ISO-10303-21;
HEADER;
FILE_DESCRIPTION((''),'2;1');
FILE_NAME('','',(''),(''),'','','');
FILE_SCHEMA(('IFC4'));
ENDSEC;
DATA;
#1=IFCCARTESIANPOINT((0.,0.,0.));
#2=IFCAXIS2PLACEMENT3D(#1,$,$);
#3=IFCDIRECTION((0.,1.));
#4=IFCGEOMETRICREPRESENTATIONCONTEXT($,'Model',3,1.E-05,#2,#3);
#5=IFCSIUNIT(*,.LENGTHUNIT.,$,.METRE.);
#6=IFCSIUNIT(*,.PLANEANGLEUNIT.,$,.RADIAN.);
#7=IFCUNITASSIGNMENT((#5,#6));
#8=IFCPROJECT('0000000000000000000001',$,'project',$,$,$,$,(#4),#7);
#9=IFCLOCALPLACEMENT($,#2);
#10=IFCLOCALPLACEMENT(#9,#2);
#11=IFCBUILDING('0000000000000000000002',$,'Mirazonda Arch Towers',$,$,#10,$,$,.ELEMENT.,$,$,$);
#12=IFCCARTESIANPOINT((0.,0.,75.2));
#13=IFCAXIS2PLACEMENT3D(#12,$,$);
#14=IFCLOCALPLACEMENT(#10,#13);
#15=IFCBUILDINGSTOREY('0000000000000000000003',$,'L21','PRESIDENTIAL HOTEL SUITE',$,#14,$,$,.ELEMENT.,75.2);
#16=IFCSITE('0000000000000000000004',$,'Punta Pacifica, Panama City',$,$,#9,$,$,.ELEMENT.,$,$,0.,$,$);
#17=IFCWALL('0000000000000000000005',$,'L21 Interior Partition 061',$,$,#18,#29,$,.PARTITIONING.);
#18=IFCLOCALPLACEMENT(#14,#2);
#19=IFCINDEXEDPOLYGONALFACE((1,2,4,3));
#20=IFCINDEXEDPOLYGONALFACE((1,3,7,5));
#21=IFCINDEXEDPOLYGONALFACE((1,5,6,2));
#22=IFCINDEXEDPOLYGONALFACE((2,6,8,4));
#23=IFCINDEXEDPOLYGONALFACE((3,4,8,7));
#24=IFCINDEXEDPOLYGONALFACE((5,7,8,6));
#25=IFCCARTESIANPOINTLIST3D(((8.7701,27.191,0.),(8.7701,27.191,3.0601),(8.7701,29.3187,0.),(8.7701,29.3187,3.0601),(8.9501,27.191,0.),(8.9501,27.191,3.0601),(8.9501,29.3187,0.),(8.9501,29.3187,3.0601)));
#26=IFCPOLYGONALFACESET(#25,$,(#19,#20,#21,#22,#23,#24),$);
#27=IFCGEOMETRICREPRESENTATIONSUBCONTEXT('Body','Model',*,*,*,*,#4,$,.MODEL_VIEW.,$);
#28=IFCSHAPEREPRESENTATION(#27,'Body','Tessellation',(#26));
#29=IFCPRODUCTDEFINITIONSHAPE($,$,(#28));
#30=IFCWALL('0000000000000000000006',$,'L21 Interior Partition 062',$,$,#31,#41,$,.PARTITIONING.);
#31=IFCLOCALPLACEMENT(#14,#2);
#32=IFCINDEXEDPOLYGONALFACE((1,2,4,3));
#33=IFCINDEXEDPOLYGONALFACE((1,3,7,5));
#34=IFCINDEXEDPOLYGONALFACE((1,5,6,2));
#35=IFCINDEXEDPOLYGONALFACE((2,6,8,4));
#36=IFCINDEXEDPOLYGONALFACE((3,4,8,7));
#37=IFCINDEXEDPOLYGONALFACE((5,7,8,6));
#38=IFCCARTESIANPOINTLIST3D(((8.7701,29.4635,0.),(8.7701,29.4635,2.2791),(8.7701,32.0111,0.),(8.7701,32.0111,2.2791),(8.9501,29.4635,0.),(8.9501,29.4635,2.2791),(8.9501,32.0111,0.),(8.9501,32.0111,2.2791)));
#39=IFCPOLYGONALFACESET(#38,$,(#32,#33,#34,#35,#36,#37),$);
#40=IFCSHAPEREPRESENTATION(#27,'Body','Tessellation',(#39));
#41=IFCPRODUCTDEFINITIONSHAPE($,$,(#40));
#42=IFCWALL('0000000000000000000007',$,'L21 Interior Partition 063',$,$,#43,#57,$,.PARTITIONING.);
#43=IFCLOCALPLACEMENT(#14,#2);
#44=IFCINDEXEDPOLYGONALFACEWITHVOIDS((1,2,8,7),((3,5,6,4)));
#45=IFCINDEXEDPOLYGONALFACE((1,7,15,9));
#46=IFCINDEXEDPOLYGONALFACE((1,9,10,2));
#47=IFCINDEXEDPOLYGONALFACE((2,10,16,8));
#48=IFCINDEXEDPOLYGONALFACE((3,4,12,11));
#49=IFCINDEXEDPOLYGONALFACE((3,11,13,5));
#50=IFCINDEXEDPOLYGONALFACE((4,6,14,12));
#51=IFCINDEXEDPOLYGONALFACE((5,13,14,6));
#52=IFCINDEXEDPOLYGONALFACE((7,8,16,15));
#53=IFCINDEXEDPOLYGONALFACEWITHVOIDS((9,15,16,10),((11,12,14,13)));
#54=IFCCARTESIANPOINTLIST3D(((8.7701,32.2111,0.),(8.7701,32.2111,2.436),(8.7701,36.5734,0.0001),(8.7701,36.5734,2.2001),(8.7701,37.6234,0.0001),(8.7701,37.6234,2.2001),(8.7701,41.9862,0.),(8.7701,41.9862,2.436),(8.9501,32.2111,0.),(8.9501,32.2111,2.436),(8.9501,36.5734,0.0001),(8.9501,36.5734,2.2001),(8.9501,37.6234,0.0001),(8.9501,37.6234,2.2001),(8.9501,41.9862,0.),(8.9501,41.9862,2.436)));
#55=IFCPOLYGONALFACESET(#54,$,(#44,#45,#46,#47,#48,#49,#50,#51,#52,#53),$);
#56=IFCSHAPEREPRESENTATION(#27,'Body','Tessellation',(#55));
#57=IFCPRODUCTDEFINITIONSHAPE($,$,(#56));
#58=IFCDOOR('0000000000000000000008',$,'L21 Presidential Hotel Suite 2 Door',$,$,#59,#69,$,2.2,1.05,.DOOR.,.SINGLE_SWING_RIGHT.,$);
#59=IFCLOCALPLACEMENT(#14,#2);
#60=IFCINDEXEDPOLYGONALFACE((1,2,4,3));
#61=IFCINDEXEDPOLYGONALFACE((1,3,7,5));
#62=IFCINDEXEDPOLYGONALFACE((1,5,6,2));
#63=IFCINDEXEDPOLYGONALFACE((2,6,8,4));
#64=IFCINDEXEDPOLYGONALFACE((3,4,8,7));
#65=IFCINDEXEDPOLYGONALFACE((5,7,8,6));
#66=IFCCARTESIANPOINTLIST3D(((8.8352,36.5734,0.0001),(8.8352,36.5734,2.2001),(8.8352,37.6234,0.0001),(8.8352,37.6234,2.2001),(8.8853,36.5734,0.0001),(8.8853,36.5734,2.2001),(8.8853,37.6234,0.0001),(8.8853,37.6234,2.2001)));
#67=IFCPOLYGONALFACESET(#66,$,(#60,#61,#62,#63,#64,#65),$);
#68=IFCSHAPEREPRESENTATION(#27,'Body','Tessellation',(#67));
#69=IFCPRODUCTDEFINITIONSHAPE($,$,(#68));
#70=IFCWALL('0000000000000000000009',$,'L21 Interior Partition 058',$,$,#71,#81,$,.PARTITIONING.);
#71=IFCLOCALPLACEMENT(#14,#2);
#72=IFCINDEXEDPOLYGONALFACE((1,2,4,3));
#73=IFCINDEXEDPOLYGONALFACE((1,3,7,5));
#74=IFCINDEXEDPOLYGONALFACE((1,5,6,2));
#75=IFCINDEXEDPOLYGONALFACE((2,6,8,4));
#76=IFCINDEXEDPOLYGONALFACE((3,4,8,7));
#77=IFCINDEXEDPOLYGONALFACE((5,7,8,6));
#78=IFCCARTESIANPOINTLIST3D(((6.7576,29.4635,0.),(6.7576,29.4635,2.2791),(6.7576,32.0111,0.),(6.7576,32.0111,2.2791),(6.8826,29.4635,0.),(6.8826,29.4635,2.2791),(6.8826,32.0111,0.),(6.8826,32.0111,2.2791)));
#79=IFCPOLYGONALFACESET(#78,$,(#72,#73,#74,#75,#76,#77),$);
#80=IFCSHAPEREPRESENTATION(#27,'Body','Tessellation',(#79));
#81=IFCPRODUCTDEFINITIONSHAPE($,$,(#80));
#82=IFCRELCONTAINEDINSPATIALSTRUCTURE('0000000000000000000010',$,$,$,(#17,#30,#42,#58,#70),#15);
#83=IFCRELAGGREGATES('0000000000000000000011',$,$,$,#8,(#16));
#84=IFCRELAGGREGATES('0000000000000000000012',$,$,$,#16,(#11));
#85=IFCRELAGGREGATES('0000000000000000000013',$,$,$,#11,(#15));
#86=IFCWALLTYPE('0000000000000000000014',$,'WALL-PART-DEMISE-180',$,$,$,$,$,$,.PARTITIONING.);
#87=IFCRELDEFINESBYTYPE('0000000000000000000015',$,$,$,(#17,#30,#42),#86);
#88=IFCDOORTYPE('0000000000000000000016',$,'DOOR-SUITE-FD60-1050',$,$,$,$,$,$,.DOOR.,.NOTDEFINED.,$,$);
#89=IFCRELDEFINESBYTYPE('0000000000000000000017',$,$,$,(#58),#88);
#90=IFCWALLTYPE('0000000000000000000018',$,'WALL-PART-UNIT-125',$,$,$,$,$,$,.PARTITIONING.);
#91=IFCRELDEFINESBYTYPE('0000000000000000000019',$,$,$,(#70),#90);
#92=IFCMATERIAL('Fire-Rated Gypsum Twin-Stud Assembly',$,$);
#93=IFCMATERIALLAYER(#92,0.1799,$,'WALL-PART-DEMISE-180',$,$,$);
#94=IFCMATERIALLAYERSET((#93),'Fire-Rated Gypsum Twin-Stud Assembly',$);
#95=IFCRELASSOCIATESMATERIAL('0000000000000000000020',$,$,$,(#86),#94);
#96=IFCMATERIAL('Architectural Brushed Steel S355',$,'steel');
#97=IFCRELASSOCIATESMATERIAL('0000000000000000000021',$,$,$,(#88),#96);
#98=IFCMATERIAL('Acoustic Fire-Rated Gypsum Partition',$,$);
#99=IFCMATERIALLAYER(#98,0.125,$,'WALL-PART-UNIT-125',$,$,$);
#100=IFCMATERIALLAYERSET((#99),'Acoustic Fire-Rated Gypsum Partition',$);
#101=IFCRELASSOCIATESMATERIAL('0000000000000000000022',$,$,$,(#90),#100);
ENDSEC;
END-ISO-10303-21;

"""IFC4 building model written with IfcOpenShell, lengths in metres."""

from ifc_helpers import new_model, si_unit, direction, frame, frame_2d, origin, place, context, subcontext, project, spatial, rectangle, extrude, material, layer, layer_set, type_object, element, fill, save


model = new_model("IFC4")

# Units and contexts
model_context = context("Model", 3, precision=1e-05, world=origin(), true_north=direction((0.0, 1.0)))
body_context = subcontext(model_context, "Body", "Model", "MODEL_VIEW")
ifc_project = project(units=[si_unit("LENGTHUNIT", "METRE"), si_unit("PLANEANGLEUNIT", "RADIAN")], contexts=[model_context])

# Site, building, storey
site_placement = place(None, origin())
site = spatial("IfcSite", under=ifc_project, at=site_placement, Name="Punta Pacifica, Panama City", CompositionType="ELEMENT", RefElevation=0.0)
building_placement = place(site_placement, origin())
building = spatial("IfcBuilding", under=site, at=building_placement, Name="Mirazonda Arch Towers", CompositionType="ELEMENT")
storey_placement = place(building_placement, frame((0.0, 0.0, 75.2)))
storey = spatial("IfcBuildingStorey", under=building, at=storey_placement, Name="L21", Description="PRESIDENTIAL HOTEL SUITE", CompositionType="ELEMENT", Elevation=75.2)

# Shared definitions
ifc_material_1 = material(Name="Architectural Brushed Steel S355", Category="steel")

# Walls
ifc_material_2 = material(Name="Fire-Rated Gypsum Twin-Stud Assembly")
ifc_layer_1 = layer(ifc_material_2, 0.1799, Name="WALL-PART-DEMISE-180")
ifc_layer_set_1 = layer_set([ifc_layer_1], Name="Fire-Rated Gypsum Twin-Stud Assembly")
wall_type_1 = type_object("IfcWallType", Name="WALL-PART-DEMISE-180", PredefinedType="PARTITIONING", material=ifc_layer_set_1)
wall_1_placement = place(storey_placement, frame((8.8601, 27.1909, 0.0), z_axis=(0.0, 0.0, 1.0), x_axis=(0.0, 1.0, 0.0)))
element("IfcWall", 1, at=wall_1_placement, inside=storey, type_object=wall_type_1, Name="L21 Interior Partition 061", PredefinedType="PARTITIONING", context=body_context, shape_type="SweptSolid", body=[
    extrude(rectangle(XDim=2.1277, YDim=0.1799, at=frame_2d((1.064, 0.0))), origin(), (0.0, 0.0, 1.0), 3.0601),
])
wall_2_placement = place(storey_placement, frame((8.8601, 29.4634, 0.0), z_axis=(0.0, 0.0, 1.0), x_axis=(0.0, 1.0, 0.0)))
element("IfcWall", 2, at=wall_2_placement, inside=storey, type_object=wall_type_1, Name="L21 Interior Partition 062", PredefinedType="PARTITIONING", context=body_context, shape_type="SweptSolid", body=[
    extrude(rectangle(XDim=2.5476, YDim=0.1799, at=frame_2d((1.2739, 0.0))), origin(), (0.0, 0.0, 1.0), 2.2791),
])

# Wall, opening, door
wall_3_placement = place(storey_placement, frame((8.8601, 32.2109, 0.0), z_axis=(0.0, 0.0, 1.0), x_axis=(0.0, 1.0, 0.0)))
wall_3 = element("IfcWall", 3, at=wall_3_placement, inside=storey, type_object=wall_type_1, Name="L21 Interior Partition 063", PredefinedType="PARTITIONING", context=body_context, shape_type="SweptSolid", body=[
    extrude(rectangle(XDim=9.7751, YDim=0.1799, at=frame_2d((4.8877, 0.0))), origin(), (0.0, 0.0, 1.0), 2.436),
])
opening_1_placement = place(wall_3_placement, frame((4.3625, 0.0, 0.0)))
opening_1 = element("IfcOpeningElement", 4, at=opening_1_placement, cuts=wall_3, PredefinedType="OPENING", context=body_context, shape_type="SweptSolid", body=[
    extrude(rectangle(XDim=1.05, YDim=2.2, at=frame_2d((0.5249, 1.1001))), frame((0.0, 0.0999, 0.0), z_axis=(0.0, -1.0, 0.0), x_axis=(1.0, 0.0, 0.0)), (0.0, 0.0, 1.0), 0.2),
])
door_type_1 = type_object("IfcDoorType", Name="DOOR-SUITE-FD60-1050", OperationType="NOTDEFINED", PredefinedType="DOOR", material=ifc_material_1)
door_1_placement = place(opening_1_placement, origin())
door_1 = element("IfcDoor", 5, at=door_1_placement, inside=storey, type_object=door_type_1, Name="L21 Presidential Hotel Suite 2 Door", OperationType="SINGLE_SWING_RIGHT", OverallHeight=2.2, OverallWidth=1.05, PredefinedType="DOOR", context=body_context, shape_type="SweptSolid", body=[
    extrude(rectangle(XDim=1.05, YDim=2.2, at=frame_2d((0.5249, 1.1001))), frame((0.0, 0.0249, 0.0), z_axis=(0.0, -1.0, 0.0), x_axis=(1.0, 0.0, 0.0)), (0.0, 0.0, 1.0), 0.05),
])
fill(opening_1, door_1)

# Wall
ifc_material_3 = material(Name="Acoustic Fire-Rated Gypsum Partition")
ifc_layer_2 = layer(ifc_material_3, 0.125, Name="WALL-PART-UNIT-125")
ifc_layer_set_2 = layer_set([ifc_layer_2], Name="Acoustic Fire-Rated Gypsum Partition")
wall_type_2 = type_object("IfcWallType", Name="WALL-PART-UNIT-125", PredefinedType="PARTITIONING", material=ifc_layer_set_2)
wall_4_placement = place(storey_placement, frame((6.8201, 29.4634, 0.0), z_axis=(0.0, 0.0, 1.0), x_axis=(0.0, 1.0, 0.0)))
element("IfcWall", 6, at=wall_4_placement, inside=storey, type_object=wall_type_2, Name="L21 Interior Partition 058", PredefinedType="PARTITIONING", context=body_context, shape_type="SweptSolid", body=[
    extrude(rectangle(XDim=2.5476, YDim=0.125, at=frame_2d((1.2739, 0.0))), origin(), (0.0, 0.0, 1.0), 2.2791),
])

save(model, "model.ifc")
